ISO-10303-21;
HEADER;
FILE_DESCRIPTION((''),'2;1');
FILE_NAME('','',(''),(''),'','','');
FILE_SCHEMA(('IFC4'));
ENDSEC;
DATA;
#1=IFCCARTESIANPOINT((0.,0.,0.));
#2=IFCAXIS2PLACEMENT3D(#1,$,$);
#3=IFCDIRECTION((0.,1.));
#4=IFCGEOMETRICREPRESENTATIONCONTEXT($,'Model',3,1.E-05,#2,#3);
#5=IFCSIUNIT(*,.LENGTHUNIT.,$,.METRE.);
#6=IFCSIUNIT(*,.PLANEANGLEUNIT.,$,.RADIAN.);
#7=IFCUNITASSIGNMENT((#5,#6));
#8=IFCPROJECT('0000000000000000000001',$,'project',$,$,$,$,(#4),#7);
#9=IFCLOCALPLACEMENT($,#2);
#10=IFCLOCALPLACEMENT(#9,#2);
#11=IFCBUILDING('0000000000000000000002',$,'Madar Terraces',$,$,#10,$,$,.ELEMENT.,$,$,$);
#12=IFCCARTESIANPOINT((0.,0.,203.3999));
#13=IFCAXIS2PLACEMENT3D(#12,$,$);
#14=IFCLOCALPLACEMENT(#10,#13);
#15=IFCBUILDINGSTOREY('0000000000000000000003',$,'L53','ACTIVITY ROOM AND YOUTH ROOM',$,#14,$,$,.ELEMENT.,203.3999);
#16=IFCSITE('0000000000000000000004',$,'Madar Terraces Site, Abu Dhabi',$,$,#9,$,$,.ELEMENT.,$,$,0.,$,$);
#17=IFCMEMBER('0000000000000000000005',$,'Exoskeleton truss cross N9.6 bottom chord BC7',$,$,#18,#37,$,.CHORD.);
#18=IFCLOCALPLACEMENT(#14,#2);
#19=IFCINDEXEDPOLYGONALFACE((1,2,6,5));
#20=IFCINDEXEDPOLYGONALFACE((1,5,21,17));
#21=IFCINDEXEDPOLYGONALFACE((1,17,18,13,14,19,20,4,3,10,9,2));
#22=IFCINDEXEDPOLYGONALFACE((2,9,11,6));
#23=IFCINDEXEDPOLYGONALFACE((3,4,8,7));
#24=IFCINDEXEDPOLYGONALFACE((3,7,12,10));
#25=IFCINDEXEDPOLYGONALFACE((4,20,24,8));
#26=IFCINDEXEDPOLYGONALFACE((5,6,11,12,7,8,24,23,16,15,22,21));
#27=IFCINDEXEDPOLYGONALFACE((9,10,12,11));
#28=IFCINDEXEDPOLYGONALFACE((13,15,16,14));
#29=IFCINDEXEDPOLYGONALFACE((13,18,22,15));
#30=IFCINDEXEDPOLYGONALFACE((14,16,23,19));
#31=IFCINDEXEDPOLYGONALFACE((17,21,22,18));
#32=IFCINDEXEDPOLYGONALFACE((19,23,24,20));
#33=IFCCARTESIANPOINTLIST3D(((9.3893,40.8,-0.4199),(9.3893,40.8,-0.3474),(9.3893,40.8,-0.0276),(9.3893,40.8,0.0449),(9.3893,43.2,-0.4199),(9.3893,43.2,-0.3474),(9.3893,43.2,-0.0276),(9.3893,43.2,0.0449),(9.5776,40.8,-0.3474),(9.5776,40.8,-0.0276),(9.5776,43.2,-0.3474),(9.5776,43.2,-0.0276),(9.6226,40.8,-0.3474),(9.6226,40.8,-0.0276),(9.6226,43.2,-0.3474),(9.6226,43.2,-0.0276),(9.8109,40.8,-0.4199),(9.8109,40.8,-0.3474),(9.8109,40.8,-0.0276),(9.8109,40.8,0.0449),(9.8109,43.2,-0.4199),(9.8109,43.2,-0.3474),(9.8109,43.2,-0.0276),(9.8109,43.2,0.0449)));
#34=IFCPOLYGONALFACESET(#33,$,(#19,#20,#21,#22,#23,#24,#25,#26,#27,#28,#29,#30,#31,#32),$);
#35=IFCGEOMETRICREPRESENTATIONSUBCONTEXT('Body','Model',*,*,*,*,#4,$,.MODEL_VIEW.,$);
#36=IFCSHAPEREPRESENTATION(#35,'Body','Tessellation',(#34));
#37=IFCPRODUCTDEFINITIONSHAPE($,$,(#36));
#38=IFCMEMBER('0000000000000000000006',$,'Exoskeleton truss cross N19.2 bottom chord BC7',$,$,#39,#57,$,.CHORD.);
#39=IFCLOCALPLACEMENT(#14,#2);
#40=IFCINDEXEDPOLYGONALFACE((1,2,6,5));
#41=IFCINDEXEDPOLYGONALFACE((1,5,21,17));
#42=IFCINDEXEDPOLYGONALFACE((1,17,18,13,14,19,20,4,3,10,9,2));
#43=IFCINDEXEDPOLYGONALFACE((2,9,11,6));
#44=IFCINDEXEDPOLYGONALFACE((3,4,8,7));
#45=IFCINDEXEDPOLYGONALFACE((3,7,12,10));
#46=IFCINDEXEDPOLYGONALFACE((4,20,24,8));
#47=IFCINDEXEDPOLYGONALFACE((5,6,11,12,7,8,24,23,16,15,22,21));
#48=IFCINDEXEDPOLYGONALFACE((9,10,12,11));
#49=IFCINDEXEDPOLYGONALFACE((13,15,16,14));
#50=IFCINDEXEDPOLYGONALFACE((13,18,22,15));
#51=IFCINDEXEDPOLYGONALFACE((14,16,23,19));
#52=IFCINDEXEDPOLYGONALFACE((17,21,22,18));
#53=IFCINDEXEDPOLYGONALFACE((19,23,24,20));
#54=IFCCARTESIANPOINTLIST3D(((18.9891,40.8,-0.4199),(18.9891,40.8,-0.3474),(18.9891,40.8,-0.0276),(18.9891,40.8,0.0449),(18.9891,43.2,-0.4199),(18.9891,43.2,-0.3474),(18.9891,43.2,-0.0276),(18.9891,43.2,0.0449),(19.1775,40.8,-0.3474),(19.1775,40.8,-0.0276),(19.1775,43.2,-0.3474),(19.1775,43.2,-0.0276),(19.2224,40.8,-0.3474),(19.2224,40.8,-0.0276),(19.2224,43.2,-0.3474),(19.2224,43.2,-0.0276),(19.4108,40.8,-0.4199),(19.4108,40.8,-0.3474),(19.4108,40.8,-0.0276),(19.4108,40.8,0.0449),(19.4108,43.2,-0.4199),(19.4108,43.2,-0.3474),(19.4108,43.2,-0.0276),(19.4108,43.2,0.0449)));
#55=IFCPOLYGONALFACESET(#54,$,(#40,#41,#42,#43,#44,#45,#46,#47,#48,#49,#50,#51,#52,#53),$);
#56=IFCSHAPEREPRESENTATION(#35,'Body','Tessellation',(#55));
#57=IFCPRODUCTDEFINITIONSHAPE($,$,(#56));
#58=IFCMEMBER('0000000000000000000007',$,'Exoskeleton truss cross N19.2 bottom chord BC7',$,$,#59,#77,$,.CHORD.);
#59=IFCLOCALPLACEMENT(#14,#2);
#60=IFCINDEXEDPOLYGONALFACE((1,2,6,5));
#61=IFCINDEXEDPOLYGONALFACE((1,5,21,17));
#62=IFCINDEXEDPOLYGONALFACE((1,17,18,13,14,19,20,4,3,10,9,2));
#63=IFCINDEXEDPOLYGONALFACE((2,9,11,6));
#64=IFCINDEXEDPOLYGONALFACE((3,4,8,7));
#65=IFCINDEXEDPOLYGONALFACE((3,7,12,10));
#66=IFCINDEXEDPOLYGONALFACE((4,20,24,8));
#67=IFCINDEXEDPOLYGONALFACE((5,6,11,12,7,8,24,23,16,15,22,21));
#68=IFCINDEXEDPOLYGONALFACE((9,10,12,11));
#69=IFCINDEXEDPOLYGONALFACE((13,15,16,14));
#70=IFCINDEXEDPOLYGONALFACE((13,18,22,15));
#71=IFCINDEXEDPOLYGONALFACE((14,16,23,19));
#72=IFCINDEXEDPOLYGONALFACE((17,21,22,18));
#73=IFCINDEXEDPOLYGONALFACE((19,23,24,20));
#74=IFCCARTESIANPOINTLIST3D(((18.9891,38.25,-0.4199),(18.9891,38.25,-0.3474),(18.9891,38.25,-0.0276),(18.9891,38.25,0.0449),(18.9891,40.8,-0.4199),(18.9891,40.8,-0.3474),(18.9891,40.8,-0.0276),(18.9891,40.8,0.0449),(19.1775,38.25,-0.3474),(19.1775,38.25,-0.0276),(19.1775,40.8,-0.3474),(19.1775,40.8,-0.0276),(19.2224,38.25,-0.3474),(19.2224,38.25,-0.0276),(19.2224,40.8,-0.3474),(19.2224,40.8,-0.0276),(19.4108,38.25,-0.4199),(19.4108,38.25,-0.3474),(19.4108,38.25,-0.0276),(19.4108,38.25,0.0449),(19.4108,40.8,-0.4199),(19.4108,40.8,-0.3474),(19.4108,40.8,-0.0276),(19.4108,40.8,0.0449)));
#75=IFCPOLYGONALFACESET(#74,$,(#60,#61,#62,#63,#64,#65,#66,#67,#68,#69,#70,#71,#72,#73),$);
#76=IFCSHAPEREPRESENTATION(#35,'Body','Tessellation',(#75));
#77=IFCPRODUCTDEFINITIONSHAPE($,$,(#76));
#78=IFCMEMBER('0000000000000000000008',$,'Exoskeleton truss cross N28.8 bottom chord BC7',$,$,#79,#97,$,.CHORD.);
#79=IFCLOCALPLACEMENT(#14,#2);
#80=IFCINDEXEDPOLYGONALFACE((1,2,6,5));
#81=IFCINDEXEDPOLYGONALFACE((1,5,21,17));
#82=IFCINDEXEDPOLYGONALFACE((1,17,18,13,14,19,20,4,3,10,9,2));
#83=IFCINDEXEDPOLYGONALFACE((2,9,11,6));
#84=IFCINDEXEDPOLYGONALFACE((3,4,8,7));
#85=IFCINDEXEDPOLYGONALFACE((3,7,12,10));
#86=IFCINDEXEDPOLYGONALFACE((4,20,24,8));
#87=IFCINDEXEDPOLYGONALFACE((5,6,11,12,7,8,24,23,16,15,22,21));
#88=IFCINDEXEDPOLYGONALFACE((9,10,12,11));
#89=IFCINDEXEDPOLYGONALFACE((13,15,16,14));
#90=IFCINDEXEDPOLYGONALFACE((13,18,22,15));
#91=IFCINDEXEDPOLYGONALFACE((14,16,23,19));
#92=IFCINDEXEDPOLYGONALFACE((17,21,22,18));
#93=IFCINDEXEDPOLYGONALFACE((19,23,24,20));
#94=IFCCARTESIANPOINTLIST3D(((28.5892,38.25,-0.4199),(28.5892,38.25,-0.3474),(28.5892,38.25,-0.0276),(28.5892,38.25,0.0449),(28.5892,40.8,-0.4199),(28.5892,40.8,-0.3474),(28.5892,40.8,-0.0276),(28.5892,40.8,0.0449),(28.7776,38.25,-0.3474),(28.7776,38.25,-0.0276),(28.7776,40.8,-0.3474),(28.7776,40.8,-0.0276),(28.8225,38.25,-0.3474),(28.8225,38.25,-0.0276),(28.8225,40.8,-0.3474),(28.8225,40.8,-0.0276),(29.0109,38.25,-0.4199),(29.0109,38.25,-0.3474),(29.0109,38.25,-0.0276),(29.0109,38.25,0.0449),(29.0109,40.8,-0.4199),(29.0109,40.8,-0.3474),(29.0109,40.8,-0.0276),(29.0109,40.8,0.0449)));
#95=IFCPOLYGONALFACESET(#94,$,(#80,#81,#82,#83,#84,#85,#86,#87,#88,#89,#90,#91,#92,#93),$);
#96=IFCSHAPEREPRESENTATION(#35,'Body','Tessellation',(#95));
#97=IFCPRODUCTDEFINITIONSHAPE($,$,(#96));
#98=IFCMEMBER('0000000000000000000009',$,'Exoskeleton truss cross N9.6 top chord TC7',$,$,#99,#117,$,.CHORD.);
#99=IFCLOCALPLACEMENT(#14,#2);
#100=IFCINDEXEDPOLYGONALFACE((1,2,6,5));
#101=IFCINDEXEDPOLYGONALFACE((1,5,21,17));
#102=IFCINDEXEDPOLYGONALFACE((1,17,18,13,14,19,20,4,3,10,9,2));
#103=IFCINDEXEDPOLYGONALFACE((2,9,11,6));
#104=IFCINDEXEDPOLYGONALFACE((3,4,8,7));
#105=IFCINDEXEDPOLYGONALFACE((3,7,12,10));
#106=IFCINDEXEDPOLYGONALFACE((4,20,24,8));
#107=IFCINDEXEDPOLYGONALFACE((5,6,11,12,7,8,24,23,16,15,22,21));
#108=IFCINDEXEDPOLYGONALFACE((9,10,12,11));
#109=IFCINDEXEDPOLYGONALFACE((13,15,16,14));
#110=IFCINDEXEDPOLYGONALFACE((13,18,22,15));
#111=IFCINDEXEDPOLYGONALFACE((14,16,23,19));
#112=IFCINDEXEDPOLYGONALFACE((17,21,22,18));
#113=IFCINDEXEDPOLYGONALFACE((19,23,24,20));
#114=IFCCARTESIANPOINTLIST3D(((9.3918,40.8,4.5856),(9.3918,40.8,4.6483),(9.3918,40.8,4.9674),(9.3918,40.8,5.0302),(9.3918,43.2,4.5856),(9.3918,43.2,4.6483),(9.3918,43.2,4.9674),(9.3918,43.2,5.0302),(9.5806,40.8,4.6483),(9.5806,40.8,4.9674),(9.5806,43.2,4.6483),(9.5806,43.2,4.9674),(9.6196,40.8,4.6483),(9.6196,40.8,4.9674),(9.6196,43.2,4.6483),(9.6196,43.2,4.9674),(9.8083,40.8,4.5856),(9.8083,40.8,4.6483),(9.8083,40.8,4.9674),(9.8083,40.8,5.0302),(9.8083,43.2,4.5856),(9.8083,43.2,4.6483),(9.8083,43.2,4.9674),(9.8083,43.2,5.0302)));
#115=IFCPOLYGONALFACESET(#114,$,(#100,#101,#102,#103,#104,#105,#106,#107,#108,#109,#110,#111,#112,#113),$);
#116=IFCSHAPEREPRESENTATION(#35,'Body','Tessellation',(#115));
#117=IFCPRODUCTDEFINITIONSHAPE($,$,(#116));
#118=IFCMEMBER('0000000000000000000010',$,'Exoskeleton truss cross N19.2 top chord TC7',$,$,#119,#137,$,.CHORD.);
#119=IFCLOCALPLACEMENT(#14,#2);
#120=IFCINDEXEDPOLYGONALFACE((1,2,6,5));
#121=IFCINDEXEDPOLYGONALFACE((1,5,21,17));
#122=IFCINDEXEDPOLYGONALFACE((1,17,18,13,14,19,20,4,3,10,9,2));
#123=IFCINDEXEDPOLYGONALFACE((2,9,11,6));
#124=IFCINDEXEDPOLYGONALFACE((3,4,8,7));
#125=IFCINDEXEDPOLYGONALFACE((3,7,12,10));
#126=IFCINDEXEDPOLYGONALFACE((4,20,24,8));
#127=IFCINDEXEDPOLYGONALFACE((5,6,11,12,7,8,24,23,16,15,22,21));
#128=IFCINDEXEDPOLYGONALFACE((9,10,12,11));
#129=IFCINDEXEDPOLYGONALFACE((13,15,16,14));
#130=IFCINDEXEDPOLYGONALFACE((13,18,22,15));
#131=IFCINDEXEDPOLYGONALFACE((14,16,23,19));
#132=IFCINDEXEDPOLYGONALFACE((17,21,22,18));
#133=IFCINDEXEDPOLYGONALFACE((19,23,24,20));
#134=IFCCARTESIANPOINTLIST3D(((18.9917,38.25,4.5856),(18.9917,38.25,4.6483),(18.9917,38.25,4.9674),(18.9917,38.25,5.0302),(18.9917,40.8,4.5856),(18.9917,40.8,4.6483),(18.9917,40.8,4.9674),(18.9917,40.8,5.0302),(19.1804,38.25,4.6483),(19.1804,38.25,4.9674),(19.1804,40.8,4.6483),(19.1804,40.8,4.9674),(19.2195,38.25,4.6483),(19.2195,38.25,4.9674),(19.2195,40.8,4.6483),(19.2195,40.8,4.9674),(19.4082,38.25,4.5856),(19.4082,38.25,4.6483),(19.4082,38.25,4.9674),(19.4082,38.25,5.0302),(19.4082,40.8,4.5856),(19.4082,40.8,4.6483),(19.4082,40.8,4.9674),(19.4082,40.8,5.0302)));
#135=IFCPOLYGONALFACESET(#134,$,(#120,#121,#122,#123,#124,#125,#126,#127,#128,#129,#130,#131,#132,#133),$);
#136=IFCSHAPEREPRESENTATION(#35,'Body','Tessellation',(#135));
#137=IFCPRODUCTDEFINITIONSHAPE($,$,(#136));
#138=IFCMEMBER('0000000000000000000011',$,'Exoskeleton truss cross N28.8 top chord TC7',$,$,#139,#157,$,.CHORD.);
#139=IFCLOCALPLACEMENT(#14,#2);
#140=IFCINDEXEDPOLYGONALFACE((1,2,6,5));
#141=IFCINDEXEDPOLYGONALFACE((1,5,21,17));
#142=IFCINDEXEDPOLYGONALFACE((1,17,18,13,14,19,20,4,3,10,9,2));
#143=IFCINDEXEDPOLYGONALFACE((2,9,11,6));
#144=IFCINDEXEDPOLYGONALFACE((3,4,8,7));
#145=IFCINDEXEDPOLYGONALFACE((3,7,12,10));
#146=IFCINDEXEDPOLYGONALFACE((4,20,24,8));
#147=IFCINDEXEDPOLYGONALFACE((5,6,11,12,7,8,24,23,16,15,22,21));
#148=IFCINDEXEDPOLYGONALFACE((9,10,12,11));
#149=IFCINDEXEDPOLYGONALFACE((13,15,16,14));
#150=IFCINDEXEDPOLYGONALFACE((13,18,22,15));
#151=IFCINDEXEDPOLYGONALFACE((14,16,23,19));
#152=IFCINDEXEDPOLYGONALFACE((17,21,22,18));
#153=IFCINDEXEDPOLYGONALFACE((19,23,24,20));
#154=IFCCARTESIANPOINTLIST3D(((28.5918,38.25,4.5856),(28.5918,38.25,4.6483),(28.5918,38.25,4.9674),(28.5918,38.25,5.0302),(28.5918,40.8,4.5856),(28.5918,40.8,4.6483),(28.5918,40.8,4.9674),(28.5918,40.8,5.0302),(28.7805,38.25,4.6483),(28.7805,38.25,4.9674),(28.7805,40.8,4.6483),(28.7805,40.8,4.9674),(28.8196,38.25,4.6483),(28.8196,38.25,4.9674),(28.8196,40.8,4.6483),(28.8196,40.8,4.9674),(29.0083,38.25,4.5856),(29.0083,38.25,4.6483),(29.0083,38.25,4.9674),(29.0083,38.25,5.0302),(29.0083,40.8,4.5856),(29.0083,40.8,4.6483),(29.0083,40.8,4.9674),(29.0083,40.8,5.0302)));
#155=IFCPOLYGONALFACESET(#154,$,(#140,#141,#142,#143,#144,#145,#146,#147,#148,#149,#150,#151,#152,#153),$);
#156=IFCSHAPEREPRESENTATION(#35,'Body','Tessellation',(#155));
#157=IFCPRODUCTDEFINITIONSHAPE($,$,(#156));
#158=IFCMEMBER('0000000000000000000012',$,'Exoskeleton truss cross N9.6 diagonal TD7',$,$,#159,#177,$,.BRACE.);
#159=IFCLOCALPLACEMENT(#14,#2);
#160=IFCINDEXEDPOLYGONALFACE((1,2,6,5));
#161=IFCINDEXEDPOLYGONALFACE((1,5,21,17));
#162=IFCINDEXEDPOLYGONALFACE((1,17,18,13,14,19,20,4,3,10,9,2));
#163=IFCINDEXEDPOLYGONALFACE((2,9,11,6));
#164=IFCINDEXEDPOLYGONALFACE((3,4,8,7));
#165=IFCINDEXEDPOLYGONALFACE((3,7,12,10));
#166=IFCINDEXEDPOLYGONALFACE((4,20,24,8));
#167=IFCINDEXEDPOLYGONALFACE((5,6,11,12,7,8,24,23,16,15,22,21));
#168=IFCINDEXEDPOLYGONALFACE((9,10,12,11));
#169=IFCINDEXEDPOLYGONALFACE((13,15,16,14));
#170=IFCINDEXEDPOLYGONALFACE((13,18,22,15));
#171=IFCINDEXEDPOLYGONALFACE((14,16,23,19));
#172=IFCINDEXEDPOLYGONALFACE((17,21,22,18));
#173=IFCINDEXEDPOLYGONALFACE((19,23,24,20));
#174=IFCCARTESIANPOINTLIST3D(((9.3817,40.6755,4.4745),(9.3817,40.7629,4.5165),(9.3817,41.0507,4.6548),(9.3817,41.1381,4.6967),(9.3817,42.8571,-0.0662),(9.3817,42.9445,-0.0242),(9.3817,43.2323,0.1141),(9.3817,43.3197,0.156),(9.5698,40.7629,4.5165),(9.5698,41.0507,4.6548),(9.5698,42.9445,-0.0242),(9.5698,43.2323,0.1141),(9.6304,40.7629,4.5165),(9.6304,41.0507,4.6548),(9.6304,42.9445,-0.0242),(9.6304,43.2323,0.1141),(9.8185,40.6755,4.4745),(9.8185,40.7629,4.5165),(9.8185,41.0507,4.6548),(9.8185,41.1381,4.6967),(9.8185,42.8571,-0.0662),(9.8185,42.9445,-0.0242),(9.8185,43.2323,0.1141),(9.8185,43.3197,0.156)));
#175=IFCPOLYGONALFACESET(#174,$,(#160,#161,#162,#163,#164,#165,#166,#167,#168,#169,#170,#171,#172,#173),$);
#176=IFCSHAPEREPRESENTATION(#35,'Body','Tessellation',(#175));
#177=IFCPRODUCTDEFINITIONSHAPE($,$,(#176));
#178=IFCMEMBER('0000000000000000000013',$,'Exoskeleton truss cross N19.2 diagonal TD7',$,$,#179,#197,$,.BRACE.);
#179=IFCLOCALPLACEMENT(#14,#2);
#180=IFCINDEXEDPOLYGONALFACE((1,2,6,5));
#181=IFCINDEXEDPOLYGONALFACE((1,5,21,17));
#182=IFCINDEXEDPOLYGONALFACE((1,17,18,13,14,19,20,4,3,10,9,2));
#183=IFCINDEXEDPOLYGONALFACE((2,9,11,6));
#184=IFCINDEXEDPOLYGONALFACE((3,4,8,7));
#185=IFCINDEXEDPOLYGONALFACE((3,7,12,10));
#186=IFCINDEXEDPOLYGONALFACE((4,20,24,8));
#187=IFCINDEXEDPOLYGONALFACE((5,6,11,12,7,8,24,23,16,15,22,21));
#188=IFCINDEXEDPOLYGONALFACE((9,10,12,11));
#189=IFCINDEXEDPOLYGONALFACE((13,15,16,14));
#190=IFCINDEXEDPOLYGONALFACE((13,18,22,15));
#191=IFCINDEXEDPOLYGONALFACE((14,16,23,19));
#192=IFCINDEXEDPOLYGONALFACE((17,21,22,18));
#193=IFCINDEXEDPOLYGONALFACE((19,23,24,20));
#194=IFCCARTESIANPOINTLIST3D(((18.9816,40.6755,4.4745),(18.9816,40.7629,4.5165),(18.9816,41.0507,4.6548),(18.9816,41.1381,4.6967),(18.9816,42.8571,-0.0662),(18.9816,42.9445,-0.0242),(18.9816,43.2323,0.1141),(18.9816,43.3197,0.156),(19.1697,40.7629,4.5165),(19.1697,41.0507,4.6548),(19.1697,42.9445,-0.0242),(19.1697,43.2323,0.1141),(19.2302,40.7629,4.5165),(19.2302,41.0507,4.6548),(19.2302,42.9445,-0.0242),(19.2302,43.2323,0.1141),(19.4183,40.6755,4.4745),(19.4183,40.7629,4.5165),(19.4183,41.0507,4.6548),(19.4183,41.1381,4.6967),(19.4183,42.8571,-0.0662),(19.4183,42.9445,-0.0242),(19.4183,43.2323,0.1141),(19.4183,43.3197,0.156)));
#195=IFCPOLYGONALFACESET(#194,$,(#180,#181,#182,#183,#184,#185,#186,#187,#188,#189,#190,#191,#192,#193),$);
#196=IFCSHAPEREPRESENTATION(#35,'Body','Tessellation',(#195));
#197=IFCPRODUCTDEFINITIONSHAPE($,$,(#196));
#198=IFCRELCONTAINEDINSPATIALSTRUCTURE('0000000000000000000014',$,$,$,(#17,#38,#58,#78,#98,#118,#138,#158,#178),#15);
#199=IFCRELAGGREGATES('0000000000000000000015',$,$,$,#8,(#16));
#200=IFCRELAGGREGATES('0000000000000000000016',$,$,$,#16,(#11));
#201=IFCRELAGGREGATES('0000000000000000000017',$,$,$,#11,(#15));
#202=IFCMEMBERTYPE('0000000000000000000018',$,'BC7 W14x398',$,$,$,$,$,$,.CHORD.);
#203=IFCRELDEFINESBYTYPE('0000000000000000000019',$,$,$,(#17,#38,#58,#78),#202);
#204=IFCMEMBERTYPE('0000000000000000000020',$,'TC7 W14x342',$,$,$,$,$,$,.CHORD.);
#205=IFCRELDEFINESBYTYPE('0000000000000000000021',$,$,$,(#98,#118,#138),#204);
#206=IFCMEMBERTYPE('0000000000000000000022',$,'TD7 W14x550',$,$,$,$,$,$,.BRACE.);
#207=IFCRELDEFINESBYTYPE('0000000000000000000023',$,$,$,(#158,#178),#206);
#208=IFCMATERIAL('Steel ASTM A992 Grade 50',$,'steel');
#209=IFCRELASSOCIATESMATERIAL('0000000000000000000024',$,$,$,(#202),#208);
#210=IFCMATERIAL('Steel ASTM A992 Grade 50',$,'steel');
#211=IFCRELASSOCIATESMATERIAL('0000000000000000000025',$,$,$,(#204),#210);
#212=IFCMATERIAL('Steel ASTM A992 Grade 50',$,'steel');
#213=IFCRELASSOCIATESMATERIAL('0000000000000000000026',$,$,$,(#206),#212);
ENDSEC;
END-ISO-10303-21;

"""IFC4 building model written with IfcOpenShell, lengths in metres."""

from ifc_helpers import new_model, si_unit, direction, frame, origin, origin_2d, place, context, subcontext, project, spatial, i_section, extrude, material, material_profile, profile_set, type_object, element, save


model = new_model("IFC4")

# Units and contexts
model_context = context("Model", 3, precision=1e-05, world=origin(), true_north=direction((0.0, 1.0)))
body_context = subcontext(model_context, "Body", "Model", "MODEL_VIEW")
ifc_project = project(units=[si_unit("LENGTHUNIT", "METRE"), si_unit("PLANEANGLEUNIT", "RADIAN")], contexts=[model_context])

# Site, building, storey
site_placement = place(None, origin())
site = spatial("IfcSite", under=ifc_project, at=site_placement, Name="Madar Terraces Site, Abu Dhabi", CompositionType="ELEMENT", RefElevation=0.0)
building_placement = place(site_placement, origin())
building = spatial("IfcBuilding", under=site, at=building_placement, Name="Madar Terraces", CompositionType="ELEMENT")
storey_placement = place(building_placement, frame((0.0, 0.0, 203.3999)))
storey = spatial("IfcBuildingStorey", under=building, at=storey_placement, Name="L53", Description="ACTIVITY ROOM AND YOUTH ROOM", CompositionType="ELEMENT", Elevation=203.3999)

# Members
ifc_material_1 = material(Name="Steel ASTM A992 Grade 50", Category="steel")
ifc_material_profile_1 = material_profile(ifc_material_1, i_section(OverallWidth=0.4216, OverallDepth=0.4648, WebThickness=0.0449, FlangeThickness=0.0725, at=origin_2d()), Name="W14x398")
ifc_profile_set_1 = profile_set([ifc_material_profile_1], Name="Steel ASTM A992 Grade 50")
member_type_1 = type_object("IfcMemberType", Name="BC7 W14x398", PredefinedType="CHORD", material=ifc_profile_set_1)
for number, where, z_axis, x_axis, name in (
    (1, (9.6001, 43.2, -0.1875), (0.0, -1.0, 0.0), (1.0, 0.0, 0.0), "Exoskeleton truss cross N9.6 bottom chord BC7"),
    (2, (19.2, 43.2, -0.1875), (0.0, -1.0, 0.0), (1.0, 0.0, 0.0), "Exoskeleton truss cross N19.2 bottom chord BC7"),
):
    element("IfcMember", number, at=place(storey_placement, frame(where, z_axis=z_axis, x_axis=x_axis)), inside=storey, type_object=member_type_1, Name=name, PredefinedType="CHORD", context=body_context, shape_type="SweptSolid", body=[
        extrude(i_section(OverallWidth=0.4216, OverallDepth=0.4648, WebThickness=0.0449, FlangeThickness=0.0725, at=origin_2d()), origin(), (0.0, 0.0, 1.0), 2.3999),
    ])
for number, where, z_axis, x_axis, name in (
    (3, (19.2, 40.8, -0.1875), (0.0, -1.0, 0.0), (1.0, 0.0, 0.0), "Exoskeleton truss cross N19.2 bottom chord BC7"),
    (4, (28.8, 40.8, -0.1875), (0.0, -1.0, 0.0), (1.0, 0.0, 0.0), "Exoskeleton truss cross N28.8 bottom chord BC7"),
):
    element("IfcMember", number, at=place(storey_placement, frame(where, z_axis=z_axis, x_axis=x_axis)), inside=storey, type_object=member_type_1, Name=name, PredefinedType="CHORD", context=body_context, shape_type="SweptSolid", body=[
        extrude(i_section(OverallWidth=0.4216, OverallDepth=0.4648, WebThickness=0.0449, FlangeThickness=0.0725, at=origin_2d()), origin(), (0.0, 0.0, 1.0), 2.55),
    ])
ifc_material_2 = material(Name="Steel ASTM A992 Grade 50", Category="steel")
ifc_material_profile_2 = material_profile(ifc_material_2, i_section(OverallWidth=0.4165, OverallDepth=0.4446, WebThickness=0.0391, FlangeThickness=0.0627, at=origin_2d()), Name="W14x342")
ifc_profile_set_2 = profile_set([ifc_material_profile_2], Name="Steel ASTM A992 Grade 50")
member_type_2 = type_object("IfcMemberType", Name="TC7 W14x342", PredefinedType="CHORD", material=ifc_profile_set_2)
member_placement = place(storey_placement, frame((9.6001, 43.2, 4.8079), z_axis=(0.0, -1.0, 0.0), x_axis=(1.0, 0.0, 0.0)))
element("IfcMember", 5, at=member_placement, inside=storey, type_object=member_type_2, Name="Exoskeleton truss cross N9.6 top chord TC7", PredefinedType="CHORD", context=body_context, shape_type="SweptSolid", body=[
    extrude(i_section(OverallWidth=0.4165, OverallDepth=0.4446, WebThickness=0.0391, FlangeThickness=0.0627, at=origin_2d()), origin(), (0.0, 0.0, 1.0), 2.3999),
])
for number, where, z_axis, x_axis, name in (
    (6, (19.2, 40.8, 4.8079), (0.0, -1.0, 0.0), (1.0, 0.0, 0.0), "Exoskeleton truss cross N19.2 top chord TC7"),
    (7, (28.8, 40.8, 4.8079), (0.0, -1.0, 0.0), (1.0, 0.0, 0.0), "Exoskeleton truss cross N28.8 top chord TC7"),
):
    element("IfcMember", number, at=place(storey_placement, frame(where, z_axis=z_axis, x_axis=x_axis)), inside=storey, type_object=member_type_2, Name=name, PredefinedType="CHORD", context=body_context, shape_type="SweptSolid", body=[
        extrude(i_section(OverallWidth=0.4165, OverallDepth=0.4446, WebThickness=0.0391, FlangeThickness=0.0627, at=origin_2d()), origin(), (0.0, 0.0, 1.0), 2.55),
    ])
ifc_material_3 = material(Name="Steel ASTM A992 Grade 50", Category="steel")
ifc_material_profile_3 = material_profile(ifc_material_3, i_section(OverallWidth=0.4368, OverallDepth=0.5132, WebThickness=0.0605, FlangeThickness=0.0969, at=origin_2d()), Name="W14x550")
ifc_profile_set_3 = profile_set([ifc_material_profile_3], Name="Steel ASTM A992 Grade 50")
member_type_3 = type_object("IfcMemberType", Name="TD7 W14x550", PredefinedType="BRACE", material=ifc_profile_set_3)
for number, where, z_axis, x_axis, name in (
    (8, (9.6001, 43.0884, 0.0449), (0.0, -0.433065, 0.901363), (1.0, 0.0, 0.0), "Exoskeleton truss cross N9.6 diagonal TD7"),
    (9, (19.2, 43.0884, 0.0449), (0.0, -0.433065, 0.901363), (1.0, 0.0, 0.0), "Exoskeleton truss cross N19.2 diagonal TD7"),
):
    element("IfcMember", number, at=place(storey_placement, frame(where, z_axis=z_axis, x_axis=x_axis)), inside=storey, type_object=member_type_3, Name=name, PredefinedType="BRACE", context=body_context, shape_type="SweptSolid", body=[
        extrude(i_section(OverallWidth=0.4368, OverallDepth=0.5132, WebThickness=0.0605, FlangeThickness=0.0969, at=origin_2d()), origin(), (0.0, 0.0, 1.0), 5.0376),
    ])

save(model, "model.ifc")
